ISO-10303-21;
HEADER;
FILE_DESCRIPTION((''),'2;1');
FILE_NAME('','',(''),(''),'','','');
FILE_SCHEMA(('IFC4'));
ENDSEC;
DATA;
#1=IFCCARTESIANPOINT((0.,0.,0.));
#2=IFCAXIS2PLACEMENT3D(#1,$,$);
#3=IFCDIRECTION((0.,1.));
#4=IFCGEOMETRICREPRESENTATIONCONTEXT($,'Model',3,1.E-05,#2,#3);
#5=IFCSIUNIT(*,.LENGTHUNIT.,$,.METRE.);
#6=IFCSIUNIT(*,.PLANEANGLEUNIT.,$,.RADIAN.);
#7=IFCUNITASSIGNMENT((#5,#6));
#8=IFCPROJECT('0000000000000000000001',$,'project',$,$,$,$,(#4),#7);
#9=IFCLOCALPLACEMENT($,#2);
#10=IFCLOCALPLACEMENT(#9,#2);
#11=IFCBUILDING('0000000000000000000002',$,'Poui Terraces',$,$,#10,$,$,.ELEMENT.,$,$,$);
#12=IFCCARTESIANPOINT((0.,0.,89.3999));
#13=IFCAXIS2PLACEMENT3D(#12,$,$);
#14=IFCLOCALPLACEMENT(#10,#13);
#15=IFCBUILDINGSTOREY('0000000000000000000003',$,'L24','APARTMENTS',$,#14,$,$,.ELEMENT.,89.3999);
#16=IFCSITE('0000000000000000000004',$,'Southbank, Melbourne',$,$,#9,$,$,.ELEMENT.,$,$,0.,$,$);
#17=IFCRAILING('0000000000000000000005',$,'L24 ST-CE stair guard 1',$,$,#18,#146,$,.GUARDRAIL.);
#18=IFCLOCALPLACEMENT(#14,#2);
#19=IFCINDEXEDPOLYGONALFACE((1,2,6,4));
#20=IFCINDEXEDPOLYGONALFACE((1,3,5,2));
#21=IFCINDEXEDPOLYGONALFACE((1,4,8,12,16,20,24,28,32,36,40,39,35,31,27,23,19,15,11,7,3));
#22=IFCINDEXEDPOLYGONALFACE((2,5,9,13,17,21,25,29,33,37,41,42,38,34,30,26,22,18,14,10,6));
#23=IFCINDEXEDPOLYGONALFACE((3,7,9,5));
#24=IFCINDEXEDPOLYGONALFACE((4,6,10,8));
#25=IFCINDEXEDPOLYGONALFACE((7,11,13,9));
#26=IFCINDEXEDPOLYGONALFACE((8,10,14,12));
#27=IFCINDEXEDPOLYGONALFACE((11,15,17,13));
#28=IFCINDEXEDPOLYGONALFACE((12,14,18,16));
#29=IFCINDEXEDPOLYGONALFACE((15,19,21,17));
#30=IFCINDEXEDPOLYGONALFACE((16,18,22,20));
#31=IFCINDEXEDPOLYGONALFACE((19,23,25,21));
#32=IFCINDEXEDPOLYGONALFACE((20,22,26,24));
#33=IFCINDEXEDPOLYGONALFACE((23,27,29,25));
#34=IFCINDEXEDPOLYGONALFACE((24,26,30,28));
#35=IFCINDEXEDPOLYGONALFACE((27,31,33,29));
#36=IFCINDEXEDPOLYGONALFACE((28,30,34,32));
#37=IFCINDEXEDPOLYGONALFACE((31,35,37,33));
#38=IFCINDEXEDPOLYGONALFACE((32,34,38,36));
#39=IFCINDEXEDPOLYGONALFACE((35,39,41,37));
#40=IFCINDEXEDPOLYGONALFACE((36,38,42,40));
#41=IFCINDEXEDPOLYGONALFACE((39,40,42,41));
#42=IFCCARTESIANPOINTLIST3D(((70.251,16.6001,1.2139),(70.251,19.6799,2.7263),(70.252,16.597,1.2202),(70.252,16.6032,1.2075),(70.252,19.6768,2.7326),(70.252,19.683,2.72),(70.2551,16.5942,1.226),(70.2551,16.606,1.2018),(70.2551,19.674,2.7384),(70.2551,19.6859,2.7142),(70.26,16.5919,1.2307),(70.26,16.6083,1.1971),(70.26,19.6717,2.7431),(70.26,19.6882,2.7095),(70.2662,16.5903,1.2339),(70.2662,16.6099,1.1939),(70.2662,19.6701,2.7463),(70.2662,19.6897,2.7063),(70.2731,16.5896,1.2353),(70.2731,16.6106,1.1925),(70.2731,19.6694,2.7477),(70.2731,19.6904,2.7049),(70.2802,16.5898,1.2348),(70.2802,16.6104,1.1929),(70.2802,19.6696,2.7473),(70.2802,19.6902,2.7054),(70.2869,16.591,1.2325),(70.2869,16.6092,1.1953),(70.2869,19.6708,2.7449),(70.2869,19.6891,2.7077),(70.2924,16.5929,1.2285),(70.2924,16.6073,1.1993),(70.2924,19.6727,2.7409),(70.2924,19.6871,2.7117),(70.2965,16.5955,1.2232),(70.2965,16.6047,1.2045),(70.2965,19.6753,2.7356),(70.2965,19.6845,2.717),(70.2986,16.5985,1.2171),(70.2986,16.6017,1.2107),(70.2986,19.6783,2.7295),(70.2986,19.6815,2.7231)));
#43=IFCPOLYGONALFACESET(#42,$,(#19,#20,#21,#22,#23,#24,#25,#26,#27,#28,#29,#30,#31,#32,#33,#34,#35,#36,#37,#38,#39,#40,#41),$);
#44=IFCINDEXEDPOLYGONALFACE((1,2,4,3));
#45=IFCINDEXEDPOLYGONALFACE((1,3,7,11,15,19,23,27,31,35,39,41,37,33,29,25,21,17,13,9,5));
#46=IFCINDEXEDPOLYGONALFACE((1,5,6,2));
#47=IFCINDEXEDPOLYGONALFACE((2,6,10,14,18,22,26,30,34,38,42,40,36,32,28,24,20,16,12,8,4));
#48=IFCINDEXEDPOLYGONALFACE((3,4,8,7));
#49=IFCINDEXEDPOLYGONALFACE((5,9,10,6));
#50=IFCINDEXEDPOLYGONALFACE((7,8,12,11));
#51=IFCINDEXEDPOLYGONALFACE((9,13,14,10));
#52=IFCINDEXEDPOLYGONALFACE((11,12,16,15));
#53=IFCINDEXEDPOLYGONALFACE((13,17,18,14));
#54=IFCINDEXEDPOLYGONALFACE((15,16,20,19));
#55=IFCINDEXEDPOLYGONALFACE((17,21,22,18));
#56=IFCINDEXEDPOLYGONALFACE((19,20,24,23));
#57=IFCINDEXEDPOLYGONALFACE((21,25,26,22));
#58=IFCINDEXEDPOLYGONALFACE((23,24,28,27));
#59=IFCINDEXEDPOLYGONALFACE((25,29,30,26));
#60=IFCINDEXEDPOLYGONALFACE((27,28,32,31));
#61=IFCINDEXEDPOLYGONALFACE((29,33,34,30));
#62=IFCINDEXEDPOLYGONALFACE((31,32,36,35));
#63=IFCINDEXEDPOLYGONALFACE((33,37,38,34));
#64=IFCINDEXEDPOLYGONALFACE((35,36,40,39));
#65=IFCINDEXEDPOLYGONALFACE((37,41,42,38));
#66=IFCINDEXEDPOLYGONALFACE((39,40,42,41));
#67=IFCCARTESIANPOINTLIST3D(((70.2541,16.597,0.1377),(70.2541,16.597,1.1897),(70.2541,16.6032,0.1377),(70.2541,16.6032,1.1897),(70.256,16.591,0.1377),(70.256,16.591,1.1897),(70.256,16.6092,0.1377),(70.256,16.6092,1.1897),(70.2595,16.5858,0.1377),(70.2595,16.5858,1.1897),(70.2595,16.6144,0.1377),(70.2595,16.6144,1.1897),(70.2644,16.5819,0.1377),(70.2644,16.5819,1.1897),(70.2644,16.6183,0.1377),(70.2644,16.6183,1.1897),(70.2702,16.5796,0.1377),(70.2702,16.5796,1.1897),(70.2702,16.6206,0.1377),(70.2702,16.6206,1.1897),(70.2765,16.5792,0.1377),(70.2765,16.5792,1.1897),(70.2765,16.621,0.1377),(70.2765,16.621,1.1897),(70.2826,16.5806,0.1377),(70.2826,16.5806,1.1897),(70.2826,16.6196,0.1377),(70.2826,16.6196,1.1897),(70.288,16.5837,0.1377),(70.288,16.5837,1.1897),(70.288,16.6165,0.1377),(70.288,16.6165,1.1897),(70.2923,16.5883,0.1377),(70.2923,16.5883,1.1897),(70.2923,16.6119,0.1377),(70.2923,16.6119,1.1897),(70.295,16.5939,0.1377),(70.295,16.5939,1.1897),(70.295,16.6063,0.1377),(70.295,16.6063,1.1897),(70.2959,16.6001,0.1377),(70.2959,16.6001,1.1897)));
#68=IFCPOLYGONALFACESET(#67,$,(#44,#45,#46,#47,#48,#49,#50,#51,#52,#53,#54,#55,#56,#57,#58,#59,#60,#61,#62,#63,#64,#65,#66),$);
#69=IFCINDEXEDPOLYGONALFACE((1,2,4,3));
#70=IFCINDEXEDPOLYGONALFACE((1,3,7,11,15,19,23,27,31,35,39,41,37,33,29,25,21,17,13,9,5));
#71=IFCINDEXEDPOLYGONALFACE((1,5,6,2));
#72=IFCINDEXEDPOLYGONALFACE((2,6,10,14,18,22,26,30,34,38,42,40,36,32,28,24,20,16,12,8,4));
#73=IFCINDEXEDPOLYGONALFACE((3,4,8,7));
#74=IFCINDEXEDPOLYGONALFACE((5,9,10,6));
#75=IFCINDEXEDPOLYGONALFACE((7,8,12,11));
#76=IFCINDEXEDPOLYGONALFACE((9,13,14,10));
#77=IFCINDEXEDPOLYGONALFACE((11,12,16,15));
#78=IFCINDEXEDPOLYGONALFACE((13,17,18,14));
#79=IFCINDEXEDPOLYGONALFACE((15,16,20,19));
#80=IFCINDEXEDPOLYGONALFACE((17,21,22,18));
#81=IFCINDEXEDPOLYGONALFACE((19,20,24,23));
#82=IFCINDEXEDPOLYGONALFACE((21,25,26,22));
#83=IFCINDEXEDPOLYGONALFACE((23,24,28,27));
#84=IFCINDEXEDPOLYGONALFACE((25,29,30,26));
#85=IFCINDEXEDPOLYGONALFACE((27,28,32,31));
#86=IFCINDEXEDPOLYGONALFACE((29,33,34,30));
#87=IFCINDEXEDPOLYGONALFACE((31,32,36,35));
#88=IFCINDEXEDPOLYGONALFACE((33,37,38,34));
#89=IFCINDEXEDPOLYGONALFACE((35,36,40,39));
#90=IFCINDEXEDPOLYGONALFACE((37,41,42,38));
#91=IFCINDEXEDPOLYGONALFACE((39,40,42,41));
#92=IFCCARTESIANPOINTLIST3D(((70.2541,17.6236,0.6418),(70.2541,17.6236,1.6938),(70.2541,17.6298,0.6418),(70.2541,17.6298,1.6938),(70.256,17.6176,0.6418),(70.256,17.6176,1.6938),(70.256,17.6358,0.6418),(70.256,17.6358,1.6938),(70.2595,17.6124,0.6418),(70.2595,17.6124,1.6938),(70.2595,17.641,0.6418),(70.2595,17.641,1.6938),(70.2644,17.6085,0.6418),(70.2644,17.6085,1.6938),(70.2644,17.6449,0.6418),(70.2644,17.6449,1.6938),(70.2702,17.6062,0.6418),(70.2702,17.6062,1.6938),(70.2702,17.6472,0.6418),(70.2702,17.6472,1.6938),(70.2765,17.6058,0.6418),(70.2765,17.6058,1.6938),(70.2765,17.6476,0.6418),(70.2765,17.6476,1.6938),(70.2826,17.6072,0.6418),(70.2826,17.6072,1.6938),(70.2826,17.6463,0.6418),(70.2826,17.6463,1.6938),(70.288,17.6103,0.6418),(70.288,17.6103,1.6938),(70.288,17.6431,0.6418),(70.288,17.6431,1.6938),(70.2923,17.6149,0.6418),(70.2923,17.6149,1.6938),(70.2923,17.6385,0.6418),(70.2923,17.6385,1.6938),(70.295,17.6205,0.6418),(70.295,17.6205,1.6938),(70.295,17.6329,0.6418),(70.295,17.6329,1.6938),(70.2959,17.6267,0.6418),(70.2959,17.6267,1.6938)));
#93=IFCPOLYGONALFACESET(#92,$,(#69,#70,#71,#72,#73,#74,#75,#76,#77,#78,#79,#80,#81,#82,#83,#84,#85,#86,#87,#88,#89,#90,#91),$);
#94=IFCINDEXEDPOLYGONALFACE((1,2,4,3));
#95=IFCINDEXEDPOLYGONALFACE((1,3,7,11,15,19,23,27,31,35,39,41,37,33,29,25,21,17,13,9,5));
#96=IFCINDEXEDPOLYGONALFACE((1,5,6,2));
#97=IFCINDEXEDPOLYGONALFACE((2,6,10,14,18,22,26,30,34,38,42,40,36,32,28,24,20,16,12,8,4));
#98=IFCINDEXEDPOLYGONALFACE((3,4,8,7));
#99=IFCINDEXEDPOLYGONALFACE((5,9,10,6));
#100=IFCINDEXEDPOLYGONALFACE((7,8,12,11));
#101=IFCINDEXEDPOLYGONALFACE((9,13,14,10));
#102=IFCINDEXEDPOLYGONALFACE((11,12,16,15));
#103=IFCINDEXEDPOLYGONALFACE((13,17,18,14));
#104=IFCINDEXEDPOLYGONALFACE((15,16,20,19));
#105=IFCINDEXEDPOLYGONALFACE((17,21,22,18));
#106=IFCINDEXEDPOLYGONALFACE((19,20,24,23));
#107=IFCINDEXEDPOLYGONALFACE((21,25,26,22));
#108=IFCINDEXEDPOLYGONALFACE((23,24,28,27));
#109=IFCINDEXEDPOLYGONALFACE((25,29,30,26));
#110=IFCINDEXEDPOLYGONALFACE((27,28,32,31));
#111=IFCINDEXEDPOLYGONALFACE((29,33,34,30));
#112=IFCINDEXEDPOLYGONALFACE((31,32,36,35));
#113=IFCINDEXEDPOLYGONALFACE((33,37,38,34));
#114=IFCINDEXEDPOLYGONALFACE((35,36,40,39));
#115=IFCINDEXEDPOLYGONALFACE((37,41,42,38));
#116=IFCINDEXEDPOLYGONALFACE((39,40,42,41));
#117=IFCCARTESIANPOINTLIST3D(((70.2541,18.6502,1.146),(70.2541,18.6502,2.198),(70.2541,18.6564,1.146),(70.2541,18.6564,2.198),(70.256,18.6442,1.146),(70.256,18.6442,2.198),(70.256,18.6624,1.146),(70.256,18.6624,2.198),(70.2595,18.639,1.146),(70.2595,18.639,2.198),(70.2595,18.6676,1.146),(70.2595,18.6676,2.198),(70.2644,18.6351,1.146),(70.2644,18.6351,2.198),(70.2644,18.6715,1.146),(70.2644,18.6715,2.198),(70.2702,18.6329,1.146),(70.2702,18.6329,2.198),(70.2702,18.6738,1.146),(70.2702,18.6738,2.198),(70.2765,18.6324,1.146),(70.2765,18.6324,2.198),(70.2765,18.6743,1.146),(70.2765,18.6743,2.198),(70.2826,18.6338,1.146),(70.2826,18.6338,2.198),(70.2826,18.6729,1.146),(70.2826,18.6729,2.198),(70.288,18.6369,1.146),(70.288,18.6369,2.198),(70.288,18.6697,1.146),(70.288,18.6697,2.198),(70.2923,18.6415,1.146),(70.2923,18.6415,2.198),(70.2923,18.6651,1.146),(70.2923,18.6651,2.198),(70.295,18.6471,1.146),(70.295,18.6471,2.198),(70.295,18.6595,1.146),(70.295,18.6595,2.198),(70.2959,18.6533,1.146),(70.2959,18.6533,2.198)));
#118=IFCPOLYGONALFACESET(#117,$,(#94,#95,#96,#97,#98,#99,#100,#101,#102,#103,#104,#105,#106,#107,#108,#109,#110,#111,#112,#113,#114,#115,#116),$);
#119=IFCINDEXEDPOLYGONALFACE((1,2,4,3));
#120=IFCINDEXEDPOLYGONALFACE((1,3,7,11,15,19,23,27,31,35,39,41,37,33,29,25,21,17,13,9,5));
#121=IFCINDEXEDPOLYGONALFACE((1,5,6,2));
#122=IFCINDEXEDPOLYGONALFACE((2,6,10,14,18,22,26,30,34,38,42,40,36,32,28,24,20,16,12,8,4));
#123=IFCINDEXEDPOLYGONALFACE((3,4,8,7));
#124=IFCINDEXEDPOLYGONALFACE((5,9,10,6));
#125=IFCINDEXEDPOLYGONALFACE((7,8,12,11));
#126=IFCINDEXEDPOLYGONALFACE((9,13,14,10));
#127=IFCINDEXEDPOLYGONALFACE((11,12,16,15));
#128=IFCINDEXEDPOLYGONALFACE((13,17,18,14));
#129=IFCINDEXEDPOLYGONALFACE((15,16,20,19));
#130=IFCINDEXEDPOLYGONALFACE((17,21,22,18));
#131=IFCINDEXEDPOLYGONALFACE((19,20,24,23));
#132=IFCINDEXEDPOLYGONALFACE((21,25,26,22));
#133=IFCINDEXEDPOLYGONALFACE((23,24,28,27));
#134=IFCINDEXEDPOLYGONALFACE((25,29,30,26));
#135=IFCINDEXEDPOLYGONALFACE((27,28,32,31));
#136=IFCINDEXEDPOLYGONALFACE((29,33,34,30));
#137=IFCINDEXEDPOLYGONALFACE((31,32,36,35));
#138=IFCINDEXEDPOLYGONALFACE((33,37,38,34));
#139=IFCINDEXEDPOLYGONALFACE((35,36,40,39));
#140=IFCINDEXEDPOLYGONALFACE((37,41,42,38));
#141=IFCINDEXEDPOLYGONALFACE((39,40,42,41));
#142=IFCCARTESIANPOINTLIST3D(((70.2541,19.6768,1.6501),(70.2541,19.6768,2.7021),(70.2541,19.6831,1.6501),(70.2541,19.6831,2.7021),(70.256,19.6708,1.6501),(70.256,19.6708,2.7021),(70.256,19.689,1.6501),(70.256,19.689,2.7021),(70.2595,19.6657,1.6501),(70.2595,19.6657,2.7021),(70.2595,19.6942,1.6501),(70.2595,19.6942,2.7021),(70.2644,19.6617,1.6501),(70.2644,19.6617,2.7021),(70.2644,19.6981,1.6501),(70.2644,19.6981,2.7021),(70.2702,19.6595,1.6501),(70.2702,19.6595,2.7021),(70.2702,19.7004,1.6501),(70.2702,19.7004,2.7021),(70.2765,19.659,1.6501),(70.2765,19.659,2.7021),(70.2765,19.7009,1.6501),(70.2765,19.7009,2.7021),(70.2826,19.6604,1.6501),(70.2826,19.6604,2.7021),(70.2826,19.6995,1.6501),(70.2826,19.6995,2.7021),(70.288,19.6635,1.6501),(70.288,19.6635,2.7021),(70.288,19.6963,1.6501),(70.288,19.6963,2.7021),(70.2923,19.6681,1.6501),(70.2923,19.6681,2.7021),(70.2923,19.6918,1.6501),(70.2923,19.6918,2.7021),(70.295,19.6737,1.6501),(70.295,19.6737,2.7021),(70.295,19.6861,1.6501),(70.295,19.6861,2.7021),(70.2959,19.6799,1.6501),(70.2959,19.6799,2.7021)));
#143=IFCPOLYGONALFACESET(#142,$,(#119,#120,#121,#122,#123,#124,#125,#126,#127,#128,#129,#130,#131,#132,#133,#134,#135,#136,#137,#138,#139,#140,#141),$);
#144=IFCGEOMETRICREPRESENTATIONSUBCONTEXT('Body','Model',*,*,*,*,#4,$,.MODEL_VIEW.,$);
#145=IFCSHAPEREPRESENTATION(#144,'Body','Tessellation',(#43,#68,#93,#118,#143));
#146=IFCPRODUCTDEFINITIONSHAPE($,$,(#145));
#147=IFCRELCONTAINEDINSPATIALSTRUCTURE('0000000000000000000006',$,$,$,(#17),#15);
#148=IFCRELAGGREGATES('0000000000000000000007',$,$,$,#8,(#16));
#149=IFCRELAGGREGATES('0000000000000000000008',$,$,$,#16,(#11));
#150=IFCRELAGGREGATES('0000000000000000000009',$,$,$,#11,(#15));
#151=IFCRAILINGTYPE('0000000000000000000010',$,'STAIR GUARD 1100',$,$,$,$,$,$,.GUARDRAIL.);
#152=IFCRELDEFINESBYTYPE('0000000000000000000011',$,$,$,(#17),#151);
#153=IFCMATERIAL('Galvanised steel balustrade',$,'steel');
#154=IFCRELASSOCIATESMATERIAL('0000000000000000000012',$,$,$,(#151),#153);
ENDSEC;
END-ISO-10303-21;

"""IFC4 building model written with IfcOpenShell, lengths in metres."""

from ifc_helpers import new_model, si_unit, direction, frame, origin, origin_2d, place, context, subcontext, project, spatial, circle, extrude, material, type_object, element, save


model = new_model("IFC4")

# Units and contexts
model_context = context("Model", 3, precision=1e-05, world=origin(), true_north=direction((0.0, 1.0)))
body_context = subcontext(model_context, "Body", "Model", "MODEL_VIEW")
ifc_project = project(units=[si_unit("LENGTHUNIT", "METRE"), si_unit("PLANEANGLEUNIT", "RADIAN")], contexts=[model_context])

# Site, building, storey
site_placement = place(None, origin())
site = spatial("IfcSite", under=ifc_project, at=site_placement, Name="Southbank, Melbourne", CompositionType="ELEMENT", RefElevation=0.0)
building_placement = place(site_placement, origin())
building = spatial("IfcBuilding", under=site, at=building_placement, Name="Poui Terraces", CompositionType="ELEMENT")
storey_placement = place(building_placement, frame((0.0, 0.0, 89.3999)))
storey = spatial("IfcBuildingStorey", under=building, at=storey_placement, Name="L24", Description="APARTMENTS", CompositionType="ELEMENT", Elevation=89.3999)

# Railing
ifc_material_1 = material(Name="Galvanised steel balustrade", Category="steel")
railing_type_1 = type_object("IfcRailingType", Name="STAIR GUARD 1100", PredefinedType="GUARDRAIL", material=ifc_material_1)
railing_1_placement = place(storey_placement, frame((70.2749, 16.6001, 0.1377)))
element("IfcRailing", 1, at=railing_1_placement, inside=storey, type_object=railing_type_1, Name="L24 ST-CE stair guard 1", PredefinedType="GUARDRAIL", context=body_context, shape_type="SweptSolid", body=[
    extrude(circle(Radius=0.0239, at=origin_2d()), frame((0.0, 0.0, 1.0762), z_axis=(0.0, 0.897606, 0.440798), x_axis=(-1.0, 0.0, 0.0)), (0.0, 0.0, 1.0), 3.4312),
    extrude(circle(Radius=0.021, at=origin_2d()), origin(), (0.0, 0.0, 1.0), 1.052),
    extrude(circle(Radius=0.021, at=origin_2d()), frame((0.0, 1.0266, 0.5042)), (0.0, 0.0, 1.0), 1.052),
    extrude(circle(Radius=0.021, at=origin_2d()), frame((0.0, 2.0532, 1.0083)), (0.0, 0.0, 1.0), 1.052),
    extrude(circle(Radius=0.021, at=origin_2d()), frame((0.0, 3.0798, 1.5125)), (0.0, 0.0, 1.0), 1.052),
])

save(model, "model.ifc")
